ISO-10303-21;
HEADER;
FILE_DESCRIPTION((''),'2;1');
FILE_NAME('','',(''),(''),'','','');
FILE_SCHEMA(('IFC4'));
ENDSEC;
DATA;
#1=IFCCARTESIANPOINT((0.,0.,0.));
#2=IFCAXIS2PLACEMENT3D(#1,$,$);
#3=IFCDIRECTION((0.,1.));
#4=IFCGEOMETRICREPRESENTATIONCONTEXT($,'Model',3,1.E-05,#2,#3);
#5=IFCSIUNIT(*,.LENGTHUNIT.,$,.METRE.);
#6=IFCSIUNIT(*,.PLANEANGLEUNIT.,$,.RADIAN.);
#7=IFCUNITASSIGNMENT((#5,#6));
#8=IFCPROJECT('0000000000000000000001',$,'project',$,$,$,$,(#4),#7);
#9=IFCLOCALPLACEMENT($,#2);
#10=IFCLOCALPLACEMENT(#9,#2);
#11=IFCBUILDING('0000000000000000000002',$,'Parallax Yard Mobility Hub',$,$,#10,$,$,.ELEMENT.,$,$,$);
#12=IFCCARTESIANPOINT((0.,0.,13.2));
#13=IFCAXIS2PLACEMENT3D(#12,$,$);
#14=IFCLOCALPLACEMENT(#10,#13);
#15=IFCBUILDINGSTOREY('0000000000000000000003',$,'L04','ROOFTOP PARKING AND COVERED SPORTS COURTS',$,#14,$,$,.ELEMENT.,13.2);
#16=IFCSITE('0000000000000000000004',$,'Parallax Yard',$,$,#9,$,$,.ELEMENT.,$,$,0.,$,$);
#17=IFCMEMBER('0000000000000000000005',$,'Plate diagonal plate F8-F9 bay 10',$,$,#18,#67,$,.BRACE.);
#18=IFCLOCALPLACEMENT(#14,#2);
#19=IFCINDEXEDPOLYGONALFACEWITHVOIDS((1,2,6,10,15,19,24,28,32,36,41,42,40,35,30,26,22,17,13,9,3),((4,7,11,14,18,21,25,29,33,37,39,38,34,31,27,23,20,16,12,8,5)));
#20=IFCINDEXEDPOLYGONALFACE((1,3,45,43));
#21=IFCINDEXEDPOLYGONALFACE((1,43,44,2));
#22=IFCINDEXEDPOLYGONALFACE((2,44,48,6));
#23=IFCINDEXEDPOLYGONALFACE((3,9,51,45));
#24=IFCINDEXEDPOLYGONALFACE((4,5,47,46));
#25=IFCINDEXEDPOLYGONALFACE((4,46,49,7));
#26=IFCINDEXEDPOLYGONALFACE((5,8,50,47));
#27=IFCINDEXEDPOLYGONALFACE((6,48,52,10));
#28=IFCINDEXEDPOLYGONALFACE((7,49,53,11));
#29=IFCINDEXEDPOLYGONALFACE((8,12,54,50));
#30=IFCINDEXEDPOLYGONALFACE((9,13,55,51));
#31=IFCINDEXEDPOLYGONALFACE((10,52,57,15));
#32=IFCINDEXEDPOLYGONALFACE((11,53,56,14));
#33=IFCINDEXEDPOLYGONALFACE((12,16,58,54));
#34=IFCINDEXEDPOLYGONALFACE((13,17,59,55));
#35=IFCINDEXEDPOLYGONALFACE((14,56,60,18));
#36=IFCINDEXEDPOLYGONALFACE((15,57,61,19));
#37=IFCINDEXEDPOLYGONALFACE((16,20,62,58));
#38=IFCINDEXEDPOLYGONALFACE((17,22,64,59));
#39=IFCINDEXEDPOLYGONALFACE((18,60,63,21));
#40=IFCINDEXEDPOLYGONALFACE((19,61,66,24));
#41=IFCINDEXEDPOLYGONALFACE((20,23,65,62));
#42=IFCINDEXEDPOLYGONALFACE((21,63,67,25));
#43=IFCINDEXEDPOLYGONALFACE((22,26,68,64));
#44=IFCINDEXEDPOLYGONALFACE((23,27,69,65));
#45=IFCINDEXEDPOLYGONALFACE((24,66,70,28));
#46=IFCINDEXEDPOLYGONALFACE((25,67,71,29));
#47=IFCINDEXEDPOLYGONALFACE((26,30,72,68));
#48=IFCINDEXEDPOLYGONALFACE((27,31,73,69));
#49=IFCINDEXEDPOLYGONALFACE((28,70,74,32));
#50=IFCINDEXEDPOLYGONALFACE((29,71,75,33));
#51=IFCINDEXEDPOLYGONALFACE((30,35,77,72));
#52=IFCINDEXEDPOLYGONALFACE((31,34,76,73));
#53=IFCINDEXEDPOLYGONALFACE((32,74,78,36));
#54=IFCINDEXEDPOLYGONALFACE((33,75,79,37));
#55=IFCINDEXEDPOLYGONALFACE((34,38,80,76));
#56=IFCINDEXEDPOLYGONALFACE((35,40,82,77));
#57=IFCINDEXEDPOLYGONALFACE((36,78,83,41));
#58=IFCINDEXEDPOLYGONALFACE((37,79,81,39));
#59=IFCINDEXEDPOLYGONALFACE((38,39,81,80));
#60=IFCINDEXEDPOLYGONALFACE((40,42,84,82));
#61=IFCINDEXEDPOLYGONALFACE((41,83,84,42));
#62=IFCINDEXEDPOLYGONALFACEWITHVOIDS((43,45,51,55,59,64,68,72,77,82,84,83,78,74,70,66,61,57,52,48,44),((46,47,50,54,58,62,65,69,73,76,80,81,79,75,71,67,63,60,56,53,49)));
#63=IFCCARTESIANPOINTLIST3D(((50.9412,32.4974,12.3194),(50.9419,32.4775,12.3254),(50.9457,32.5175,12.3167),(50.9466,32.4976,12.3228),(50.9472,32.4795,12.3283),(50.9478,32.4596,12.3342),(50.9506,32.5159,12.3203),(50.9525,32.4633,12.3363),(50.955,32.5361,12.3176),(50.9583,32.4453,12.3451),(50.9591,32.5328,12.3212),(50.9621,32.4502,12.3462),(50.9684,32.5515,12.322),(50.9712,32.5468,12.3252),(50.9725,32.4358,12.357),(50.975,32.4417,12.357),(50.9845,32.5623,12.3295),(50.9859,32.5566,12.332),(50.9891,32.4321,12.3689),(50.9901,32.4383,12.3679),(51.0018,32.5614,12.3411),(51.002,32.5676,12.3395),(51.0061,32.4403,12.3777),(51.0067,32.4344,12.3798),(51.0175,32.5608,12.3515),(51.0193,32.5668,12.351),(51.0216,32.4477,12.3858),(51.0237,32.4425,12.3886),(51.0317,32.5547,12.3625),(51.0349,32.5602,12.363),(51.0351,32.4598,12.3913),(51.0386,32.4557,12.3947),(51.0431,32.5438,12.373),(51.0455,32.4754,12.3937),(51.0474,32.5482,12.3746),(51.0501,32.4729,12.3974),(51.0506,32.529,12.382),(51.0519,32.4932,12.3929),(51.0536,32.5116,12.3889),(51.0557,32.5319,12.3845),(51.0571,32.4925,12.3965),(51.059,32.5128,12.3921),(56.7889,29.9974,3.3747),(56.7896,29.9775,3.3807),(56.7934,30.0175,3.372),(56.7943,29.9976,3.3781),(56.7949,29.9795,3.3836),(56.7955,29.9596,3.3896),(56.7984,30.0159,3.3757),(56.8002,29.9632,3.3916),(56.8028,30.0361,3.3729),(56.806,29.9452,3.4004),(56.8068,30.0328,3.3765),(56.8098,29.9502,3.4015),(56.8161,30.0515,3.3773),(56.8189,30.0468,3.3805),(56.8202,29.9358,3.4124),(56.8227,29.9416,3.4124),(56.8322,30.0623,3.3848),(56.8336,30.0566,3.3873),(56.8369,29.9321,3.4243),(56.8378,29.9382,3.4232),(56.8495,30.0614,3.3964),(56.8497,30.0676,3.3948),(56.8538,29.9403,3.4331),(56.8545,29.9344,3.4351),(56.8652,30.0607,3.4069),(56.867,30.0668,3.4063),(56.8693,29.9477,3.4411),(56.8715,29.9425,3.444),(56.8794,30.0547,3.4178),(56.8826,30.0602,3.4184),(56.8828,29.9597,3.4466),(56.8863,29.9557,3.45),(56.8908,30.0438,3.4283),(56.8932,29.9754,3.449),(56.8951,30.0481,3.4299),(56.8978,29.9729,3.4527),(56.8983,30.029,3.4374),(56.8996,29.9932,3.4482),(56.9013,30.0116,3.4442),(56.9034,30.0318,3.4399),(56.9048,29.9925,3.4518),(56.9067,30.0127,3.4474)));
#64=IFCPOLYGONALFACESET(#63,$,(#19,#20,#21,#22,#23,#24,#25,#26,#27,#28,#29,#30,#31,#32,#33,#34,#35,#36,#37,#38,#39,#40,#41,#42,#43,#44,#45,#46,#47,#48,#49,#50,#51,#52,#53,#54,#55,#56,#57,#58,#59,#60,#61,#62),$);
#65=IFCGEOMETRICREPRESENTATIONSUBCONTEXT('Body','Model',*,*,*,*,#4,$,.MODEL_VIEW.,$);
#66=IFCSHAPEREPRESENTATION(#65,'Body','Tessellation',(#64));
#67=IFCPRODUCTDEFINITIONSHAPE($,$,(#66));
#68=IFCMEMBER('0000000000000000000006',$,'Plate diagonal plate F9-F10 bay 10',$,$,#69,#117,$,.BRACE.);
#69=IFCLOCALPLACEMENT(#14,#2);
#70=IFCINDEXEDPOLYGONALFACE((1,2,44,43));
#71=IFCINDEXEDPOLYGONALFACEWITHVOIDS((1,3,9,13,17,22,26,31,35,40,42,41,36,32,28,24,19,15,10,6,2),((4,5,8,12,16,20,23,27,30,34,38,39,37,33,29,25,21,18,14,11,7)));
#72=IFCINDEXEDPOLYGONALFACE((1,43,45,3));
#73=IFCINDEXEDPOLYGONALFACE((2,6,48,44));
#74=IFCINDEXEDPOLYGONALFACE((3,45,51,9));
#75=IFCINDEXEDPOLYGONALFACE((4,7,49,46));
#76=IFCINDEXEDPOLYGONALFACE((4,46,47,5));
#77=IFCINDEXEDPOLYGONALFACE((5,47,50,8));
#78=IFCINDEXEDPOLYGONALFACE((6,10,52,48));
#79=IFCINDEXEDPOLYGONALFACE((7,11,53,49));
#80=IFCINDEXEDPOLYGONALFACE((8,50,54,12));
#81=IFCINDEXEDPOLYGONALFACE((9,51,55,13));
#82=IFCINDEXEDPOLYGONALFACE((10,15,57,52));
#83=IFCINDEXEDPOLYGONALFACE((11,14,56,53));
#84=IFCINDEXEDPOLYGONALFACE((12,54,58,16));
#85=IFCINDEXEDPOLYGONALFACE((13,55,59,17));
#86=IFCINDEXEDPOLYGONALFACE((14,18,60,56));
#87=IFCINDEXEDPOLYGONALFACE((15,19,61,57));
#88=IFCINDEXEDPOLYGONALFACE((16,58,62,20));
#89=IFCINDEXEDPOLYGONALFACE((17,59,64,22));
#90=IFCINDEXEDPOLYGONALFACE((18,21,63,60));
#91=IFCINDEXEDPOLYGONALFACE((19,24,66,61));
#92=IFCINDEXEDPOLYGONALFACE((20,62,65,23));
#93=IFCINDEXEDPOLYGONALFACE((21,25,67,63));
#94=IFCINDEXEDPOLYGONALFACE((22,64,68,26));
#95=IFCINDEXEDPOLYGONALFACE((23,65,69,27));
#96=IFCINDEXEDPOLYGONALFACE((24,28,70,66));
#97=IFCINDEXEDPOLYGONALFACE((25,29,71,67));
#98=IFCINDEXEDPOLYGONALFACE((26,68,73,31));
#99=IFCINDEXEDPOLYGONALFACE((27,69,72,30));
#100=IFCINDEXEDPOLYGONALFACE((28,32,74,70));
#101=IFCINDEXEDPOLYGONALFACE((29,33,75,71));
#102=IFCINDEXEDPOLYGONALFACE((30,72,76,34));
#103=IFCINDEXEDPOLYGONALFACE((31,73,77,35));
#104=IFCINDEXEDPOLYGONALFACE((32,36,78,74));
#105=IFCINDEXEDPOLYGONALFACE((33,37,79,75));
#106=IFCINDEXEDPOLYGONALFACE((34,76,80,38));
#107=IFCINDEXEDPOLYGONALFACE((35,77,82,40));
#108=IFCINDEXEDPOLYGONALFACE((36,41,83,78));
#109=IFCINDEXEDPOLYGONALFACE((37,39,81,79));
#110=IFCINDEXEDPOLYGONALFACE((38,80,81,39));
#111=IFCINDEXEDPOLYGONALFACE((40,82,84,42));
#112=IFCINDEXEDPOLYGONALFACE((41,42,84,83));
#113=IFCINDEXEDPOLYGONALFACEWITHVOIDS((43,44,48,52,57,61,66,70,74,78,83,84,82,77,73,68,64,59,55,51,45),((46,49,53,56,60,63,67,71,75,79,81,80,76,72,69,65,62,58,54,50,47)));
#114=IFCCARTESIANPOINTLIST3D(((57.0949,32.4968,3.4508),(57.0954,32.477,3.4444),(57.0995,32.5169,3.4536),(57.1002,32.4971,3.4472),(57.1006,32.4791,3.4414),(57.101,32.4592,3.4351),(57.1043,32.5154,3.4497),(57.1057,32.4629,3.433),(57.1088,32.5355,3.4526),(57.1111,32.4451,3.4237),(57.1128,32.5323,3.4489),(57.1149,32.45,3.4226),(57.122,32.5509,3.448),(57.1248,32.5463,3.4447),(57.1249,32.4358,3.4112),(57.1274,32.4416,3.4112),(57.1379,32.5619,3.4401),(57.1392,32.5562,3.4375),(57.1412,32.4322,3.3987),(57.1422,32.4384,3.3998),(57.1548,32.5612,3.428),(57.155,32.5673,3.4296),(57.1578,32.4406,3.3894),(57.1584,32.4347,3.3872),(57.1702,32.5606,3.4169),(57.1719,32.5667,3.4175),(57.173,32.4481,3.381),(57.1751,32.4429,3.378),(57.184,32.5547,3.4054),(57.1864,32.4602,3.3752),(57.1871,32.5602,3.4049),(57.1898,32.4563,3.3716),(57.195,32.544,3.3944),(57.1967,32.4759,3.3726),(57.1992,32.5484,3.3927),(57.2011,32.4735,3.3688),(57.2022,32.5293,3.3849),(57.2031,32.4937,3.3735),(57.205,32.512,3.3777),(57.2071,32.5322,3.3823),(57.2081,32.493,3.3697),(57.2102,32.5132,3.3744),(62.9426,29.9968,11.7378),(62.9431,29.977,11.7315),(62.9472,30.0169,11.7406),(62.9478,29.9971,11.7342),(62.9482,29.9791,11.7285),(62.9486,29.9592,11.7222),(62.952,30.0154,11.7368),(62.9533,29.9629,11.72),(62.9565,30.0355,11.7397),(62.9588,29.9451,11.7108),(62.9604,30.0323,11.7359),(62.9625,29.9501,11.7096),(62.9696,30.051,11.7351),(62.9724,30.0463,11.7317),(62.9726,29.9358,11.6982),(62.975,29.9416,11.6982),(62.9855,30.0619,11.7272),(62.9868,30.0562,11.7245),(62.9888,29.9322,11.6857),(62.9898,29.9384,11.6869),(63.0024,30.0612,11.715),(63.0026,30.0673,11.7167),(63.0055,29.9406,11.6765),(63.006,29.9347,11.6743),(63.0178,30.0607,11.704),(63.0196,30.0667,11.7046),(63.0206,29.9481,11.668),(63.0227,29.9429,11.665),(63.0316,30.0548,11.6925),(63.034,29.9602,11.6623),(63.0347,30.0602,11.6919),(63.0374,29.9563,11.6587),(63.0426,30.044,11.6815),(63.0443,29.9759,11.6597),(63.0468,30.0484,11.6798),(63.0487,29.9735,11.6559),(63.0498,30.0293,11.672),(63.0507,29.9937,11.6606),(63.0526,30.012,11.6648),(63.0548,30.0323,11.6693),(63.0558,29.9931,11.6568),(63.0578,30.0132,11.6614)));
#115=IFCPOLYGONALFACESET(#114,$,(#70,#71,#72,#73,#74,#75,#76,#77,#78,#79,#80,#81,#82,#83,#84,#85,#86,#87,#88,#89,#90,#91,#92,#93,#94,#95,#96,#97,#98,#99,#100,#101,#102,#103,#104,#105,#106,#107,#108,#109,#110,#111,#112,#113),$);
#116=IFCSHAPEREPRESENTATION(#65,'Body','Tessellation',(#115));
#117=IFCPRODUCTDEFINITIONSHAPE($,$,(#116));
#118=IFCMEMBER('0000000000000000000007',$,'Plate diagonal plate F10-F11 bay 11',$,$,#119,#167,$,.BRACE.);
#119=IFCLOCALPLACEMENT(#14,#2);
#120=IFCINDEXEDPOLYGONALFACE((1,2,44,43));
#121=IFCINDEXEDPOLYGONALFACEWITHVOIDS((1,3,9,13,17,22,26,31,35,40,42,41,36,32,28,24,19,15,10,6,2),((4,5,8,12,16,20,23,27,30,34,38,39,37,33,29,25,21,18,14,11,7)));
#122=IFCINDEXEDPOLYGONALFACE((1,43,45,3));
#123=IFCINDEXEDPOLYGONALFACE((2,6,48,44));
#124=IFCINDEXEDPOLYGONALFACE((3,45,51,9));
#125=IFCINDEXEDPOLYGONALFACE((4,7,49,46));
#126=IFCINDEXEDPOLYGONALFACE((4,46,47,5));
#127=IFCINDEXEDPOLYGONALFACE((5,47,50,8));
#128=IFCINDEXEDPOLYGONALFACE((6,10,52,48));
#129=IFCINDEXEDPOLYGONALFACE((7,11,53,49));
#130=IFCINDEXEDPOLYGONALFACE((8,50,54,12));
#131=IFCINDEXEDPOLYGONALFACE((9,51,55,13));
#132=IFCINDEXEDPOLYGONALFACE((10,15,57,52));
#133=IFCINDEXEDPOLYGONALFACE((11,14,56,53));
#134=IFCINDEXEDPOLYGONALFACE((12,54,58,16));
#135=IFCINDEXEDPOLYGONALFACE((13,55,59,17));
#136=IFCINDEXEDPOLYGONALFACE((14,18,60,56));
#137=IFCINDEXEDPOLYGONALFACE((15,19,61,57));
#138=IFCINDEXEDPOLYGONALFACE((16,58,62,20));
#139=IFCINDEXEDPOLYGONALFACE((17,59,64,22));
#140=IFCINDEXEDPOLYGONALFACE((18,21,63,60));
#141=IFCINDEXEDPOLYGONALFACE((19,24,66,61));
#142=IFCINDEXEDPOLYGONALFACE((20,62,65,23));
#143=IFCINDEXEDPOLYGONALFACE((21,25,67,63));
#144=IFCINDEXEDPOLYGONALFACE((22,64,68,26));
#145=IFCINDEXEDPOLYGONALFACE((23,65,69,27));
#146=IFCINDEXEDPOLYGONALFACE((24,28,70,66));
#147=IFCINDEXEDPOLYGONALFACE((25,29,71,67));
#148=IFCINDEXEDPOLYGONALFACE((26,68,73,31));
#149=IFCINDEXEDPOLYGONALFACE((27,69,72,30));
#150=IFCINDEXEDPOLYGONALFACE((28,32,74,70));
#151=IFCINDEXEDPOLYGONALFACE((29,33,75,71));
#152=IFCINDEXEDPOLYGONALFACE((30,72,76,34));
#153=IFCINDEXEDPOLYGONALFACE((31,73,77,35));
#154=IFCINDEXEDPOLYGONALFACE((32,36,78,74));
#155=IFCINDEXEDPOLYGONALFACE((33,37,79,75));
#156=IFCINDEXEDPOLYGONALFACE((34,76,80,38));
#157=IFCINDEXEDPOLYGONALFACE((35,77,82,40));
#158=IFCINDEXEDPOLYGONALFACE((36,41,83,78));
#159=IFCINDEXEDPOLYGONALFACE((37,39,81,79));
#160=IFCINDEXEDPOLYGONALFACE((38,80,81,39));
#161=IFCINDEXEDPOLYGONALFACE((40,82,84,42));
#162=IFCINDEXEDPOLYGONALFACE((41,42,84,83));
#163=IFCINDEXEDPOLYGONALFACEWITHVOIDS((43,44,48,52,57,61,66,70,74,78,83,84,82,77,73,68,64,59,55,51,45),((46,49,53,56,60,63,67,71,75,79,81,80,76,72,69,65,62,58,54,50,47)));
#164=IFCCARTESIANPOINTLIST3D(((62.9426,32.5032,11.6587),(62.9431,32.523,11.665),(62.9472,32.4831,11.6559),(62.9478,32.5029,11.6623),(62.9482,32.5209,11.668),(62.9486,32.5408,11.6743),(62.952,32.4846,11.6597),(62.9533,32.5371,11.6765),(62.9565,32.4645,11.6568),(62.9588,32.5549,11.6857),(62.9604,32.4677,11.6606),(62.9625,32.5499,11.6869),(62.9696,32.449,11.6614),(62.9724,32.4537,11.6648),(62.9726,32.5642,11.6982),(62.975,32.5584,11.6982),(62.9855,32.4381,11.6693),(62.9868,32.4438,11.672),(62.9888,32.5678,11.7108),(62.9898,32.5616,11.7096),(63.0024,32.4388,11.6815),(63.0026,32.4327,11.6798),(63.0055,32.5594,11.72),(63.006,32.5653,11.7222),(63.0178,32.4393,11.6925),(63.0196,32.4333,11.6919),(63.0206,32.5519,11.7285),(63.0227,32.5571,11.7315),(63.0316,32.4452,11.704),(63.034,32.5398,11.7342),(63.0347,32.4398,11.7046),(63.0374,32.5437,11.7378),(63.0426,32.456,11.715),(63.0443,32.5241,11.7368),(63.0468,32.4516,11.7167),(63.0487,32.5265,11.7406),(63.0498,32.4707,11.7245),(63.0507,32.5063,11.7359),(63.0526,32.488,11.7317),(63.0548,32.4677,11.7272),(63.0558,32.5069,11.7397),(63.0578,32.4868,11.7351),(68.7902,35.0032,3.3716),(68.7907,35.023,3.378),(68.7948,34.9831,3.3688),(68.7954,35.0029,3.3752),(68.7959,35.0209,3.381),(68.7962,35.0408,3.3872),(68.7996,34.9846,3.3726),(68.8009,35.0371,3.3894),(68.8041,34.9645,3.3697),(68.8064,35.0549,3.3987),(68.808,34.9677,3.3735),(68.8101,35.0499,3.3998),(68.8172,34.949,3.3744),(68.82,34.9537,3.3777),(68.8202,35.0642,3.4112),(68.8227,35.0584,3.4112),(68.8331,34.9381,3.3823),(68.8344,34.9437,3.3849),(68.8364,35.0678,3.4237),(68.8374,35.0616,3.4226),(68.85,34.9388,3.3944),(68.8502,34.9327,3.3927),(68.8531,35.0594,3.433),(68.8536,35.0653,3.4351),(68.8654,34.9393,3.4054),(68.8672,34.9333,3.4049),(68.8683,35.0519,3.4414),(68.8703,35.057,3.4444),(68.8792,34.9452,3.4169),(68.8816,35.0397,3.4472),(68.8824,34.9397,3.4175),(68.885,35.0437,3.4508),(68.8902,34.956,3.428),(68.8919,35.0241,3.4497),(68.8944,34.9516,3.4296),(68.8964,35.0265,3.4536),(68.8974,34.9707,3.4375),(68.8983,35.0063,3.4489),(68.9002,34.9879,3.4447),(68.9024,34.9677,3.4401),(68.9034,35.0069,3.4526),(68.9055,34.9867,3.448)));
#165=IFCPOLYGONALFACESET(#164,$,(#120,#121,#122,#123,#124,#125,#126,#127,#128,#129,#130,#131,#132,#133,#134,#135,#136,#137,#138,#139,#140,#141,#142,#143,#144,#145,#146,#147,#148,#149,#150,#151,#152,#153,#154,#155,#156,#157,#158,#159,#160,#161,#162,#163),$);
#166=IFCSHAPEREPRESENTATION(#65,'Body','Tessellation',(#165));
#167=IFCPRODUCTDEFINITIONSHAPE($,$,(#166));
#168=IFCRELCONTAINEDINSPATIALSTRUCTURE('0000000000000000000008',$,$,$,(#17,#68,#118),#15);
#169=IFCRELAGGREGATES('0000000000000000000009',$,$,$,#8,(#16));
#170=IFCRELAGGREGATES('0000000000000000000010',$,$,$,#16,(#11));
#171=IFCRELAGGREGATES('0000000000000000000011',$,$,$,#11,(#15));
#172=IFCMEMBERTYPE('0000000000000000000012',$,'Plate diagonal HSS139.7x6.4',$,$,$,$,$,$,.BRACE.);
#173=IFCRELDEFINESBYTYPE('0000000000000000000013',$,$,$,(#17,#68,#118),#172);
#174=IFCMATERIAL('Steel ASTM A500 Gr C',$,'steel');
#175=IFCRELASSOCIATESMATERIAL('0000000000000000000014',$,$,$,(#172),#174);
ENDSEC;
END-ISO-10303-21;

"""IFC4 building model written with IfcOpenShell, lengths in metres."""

from ifc_helpers import new_model, si_unit, direction, frame, origin, origin_2d, place, context, subcontext, project, spatial, hollow_circle, extrude, material, material_profile, profile_set, type_object, element, save


model = new_model("IFC4")

# Units and contexts
model_context = context("Model", 3, precision=1e-05, world=origin(), true_north=direction((0.0, 1.0)))
body_context = subcontext(model_context, "Body", "Model", "MODEL_VIEW")
ifc_project = project(units=[si_unit("LENGTHUNIT", "METRE"), si_unit("PLANEANGLEUNIT", "RADIAN")], contexts=[model_context])

# Site, building, storey
site_placement = place(None, origin())
site = spatial("IfcSite", under=ifc_project, at=site_placement, Name="Parallax Yard", CompositionType="ELEMENT", RefElevation=0.0)
building_placement = place(site_placement, origin())
building = spatial("IfcBuilding", under=site, at=building_placement, Name="Parallax Yard Mobility Hub", CompositionType="ELEMENT")
storey_placement = place(building_placement, frame((0.0, 0.0, 13.2)))
storey = spatial("IfcBuildingStorey", under=building, at=storey_placement, Name="L04", Description="ROOFTOP PARKING AND COVERED SPORTS COURTS", CompositionType="ELEMENT", Elevation=13.2)

# Members
ifc_material_1 = material(Name="Steel ASTM A500 Gr C", Category="steel")
ifc_material_profile_1 = material_profile(ifc_material_1, hollow_circle(Radius=0.0698, WallThickness=0.0063, at=origin_2d()), Name="HSS139.7x6.4")
ifc_profile_set_1 = profile_set([ifc_material_profile_1], Name="Steel ASTM A500 Gr C")
member_type_1 = type_object("IfcMemberType", Name="Plate diagonal HSS139.7x6.4", PredefinedType="BRACE", material=ifc_profile_set_1)
for number, where, z_axis, x_axis, name in (
    (1, (56.8477, 30.0, 3.4124), (-0.532816, 0.22779, 0.814996), (-0.393104, -0.919494, 0.0), "Plate diagonal plate F8-F9 bay 10"),
):
    element("IfcMember", number, at=place(storey_placement, frame(where, z_axis=z_axis, x_axis=x_axis)), inside=storey, type_object=member_type_1, Name=name, PredefinedType="BRACE", context=body_context, shape_type="SweptSolid", body=[
        extrude(hollow_circle(Radius=0.0698, WallThickness=0.0063, at=origin_2d()), origin(), (0.0, 0.0, 1.0), 10.9751),
    ])
for number, where, z_axis, x_axis, name in (
    (2, (63.0, 30.0, 11.6982), (-0.559793, 0.239323, -0.79332), (-0.393104, -0.919494, 0.0), "Plate diagonal plate F9-F10 bay 10"),
    (3, (63.0, 32.5, 11.6982), (0.559793, 0.239323, -0.79332), (-0.393104, 0.919494, 0.0), "Plate diagonal plate F10-F11 bay 11"),
):
    element("IfcMember", number, at=place(storey_placement, frame(where, z_axis=z_axis, x_axis=x_axis)), inside=storey, type_object=member_type_1, Name=name, PredefinedType="BRACE", context=body_context, shape_type="SweptSolid", body=[
        extrude(hollow_circle(Radius=0.0698, WallThickness=0.0063, at=origin_2d()), origin(), (0.0, 0.0, 1.0), 10.446),
    ])

save(model, "model.ifc")
